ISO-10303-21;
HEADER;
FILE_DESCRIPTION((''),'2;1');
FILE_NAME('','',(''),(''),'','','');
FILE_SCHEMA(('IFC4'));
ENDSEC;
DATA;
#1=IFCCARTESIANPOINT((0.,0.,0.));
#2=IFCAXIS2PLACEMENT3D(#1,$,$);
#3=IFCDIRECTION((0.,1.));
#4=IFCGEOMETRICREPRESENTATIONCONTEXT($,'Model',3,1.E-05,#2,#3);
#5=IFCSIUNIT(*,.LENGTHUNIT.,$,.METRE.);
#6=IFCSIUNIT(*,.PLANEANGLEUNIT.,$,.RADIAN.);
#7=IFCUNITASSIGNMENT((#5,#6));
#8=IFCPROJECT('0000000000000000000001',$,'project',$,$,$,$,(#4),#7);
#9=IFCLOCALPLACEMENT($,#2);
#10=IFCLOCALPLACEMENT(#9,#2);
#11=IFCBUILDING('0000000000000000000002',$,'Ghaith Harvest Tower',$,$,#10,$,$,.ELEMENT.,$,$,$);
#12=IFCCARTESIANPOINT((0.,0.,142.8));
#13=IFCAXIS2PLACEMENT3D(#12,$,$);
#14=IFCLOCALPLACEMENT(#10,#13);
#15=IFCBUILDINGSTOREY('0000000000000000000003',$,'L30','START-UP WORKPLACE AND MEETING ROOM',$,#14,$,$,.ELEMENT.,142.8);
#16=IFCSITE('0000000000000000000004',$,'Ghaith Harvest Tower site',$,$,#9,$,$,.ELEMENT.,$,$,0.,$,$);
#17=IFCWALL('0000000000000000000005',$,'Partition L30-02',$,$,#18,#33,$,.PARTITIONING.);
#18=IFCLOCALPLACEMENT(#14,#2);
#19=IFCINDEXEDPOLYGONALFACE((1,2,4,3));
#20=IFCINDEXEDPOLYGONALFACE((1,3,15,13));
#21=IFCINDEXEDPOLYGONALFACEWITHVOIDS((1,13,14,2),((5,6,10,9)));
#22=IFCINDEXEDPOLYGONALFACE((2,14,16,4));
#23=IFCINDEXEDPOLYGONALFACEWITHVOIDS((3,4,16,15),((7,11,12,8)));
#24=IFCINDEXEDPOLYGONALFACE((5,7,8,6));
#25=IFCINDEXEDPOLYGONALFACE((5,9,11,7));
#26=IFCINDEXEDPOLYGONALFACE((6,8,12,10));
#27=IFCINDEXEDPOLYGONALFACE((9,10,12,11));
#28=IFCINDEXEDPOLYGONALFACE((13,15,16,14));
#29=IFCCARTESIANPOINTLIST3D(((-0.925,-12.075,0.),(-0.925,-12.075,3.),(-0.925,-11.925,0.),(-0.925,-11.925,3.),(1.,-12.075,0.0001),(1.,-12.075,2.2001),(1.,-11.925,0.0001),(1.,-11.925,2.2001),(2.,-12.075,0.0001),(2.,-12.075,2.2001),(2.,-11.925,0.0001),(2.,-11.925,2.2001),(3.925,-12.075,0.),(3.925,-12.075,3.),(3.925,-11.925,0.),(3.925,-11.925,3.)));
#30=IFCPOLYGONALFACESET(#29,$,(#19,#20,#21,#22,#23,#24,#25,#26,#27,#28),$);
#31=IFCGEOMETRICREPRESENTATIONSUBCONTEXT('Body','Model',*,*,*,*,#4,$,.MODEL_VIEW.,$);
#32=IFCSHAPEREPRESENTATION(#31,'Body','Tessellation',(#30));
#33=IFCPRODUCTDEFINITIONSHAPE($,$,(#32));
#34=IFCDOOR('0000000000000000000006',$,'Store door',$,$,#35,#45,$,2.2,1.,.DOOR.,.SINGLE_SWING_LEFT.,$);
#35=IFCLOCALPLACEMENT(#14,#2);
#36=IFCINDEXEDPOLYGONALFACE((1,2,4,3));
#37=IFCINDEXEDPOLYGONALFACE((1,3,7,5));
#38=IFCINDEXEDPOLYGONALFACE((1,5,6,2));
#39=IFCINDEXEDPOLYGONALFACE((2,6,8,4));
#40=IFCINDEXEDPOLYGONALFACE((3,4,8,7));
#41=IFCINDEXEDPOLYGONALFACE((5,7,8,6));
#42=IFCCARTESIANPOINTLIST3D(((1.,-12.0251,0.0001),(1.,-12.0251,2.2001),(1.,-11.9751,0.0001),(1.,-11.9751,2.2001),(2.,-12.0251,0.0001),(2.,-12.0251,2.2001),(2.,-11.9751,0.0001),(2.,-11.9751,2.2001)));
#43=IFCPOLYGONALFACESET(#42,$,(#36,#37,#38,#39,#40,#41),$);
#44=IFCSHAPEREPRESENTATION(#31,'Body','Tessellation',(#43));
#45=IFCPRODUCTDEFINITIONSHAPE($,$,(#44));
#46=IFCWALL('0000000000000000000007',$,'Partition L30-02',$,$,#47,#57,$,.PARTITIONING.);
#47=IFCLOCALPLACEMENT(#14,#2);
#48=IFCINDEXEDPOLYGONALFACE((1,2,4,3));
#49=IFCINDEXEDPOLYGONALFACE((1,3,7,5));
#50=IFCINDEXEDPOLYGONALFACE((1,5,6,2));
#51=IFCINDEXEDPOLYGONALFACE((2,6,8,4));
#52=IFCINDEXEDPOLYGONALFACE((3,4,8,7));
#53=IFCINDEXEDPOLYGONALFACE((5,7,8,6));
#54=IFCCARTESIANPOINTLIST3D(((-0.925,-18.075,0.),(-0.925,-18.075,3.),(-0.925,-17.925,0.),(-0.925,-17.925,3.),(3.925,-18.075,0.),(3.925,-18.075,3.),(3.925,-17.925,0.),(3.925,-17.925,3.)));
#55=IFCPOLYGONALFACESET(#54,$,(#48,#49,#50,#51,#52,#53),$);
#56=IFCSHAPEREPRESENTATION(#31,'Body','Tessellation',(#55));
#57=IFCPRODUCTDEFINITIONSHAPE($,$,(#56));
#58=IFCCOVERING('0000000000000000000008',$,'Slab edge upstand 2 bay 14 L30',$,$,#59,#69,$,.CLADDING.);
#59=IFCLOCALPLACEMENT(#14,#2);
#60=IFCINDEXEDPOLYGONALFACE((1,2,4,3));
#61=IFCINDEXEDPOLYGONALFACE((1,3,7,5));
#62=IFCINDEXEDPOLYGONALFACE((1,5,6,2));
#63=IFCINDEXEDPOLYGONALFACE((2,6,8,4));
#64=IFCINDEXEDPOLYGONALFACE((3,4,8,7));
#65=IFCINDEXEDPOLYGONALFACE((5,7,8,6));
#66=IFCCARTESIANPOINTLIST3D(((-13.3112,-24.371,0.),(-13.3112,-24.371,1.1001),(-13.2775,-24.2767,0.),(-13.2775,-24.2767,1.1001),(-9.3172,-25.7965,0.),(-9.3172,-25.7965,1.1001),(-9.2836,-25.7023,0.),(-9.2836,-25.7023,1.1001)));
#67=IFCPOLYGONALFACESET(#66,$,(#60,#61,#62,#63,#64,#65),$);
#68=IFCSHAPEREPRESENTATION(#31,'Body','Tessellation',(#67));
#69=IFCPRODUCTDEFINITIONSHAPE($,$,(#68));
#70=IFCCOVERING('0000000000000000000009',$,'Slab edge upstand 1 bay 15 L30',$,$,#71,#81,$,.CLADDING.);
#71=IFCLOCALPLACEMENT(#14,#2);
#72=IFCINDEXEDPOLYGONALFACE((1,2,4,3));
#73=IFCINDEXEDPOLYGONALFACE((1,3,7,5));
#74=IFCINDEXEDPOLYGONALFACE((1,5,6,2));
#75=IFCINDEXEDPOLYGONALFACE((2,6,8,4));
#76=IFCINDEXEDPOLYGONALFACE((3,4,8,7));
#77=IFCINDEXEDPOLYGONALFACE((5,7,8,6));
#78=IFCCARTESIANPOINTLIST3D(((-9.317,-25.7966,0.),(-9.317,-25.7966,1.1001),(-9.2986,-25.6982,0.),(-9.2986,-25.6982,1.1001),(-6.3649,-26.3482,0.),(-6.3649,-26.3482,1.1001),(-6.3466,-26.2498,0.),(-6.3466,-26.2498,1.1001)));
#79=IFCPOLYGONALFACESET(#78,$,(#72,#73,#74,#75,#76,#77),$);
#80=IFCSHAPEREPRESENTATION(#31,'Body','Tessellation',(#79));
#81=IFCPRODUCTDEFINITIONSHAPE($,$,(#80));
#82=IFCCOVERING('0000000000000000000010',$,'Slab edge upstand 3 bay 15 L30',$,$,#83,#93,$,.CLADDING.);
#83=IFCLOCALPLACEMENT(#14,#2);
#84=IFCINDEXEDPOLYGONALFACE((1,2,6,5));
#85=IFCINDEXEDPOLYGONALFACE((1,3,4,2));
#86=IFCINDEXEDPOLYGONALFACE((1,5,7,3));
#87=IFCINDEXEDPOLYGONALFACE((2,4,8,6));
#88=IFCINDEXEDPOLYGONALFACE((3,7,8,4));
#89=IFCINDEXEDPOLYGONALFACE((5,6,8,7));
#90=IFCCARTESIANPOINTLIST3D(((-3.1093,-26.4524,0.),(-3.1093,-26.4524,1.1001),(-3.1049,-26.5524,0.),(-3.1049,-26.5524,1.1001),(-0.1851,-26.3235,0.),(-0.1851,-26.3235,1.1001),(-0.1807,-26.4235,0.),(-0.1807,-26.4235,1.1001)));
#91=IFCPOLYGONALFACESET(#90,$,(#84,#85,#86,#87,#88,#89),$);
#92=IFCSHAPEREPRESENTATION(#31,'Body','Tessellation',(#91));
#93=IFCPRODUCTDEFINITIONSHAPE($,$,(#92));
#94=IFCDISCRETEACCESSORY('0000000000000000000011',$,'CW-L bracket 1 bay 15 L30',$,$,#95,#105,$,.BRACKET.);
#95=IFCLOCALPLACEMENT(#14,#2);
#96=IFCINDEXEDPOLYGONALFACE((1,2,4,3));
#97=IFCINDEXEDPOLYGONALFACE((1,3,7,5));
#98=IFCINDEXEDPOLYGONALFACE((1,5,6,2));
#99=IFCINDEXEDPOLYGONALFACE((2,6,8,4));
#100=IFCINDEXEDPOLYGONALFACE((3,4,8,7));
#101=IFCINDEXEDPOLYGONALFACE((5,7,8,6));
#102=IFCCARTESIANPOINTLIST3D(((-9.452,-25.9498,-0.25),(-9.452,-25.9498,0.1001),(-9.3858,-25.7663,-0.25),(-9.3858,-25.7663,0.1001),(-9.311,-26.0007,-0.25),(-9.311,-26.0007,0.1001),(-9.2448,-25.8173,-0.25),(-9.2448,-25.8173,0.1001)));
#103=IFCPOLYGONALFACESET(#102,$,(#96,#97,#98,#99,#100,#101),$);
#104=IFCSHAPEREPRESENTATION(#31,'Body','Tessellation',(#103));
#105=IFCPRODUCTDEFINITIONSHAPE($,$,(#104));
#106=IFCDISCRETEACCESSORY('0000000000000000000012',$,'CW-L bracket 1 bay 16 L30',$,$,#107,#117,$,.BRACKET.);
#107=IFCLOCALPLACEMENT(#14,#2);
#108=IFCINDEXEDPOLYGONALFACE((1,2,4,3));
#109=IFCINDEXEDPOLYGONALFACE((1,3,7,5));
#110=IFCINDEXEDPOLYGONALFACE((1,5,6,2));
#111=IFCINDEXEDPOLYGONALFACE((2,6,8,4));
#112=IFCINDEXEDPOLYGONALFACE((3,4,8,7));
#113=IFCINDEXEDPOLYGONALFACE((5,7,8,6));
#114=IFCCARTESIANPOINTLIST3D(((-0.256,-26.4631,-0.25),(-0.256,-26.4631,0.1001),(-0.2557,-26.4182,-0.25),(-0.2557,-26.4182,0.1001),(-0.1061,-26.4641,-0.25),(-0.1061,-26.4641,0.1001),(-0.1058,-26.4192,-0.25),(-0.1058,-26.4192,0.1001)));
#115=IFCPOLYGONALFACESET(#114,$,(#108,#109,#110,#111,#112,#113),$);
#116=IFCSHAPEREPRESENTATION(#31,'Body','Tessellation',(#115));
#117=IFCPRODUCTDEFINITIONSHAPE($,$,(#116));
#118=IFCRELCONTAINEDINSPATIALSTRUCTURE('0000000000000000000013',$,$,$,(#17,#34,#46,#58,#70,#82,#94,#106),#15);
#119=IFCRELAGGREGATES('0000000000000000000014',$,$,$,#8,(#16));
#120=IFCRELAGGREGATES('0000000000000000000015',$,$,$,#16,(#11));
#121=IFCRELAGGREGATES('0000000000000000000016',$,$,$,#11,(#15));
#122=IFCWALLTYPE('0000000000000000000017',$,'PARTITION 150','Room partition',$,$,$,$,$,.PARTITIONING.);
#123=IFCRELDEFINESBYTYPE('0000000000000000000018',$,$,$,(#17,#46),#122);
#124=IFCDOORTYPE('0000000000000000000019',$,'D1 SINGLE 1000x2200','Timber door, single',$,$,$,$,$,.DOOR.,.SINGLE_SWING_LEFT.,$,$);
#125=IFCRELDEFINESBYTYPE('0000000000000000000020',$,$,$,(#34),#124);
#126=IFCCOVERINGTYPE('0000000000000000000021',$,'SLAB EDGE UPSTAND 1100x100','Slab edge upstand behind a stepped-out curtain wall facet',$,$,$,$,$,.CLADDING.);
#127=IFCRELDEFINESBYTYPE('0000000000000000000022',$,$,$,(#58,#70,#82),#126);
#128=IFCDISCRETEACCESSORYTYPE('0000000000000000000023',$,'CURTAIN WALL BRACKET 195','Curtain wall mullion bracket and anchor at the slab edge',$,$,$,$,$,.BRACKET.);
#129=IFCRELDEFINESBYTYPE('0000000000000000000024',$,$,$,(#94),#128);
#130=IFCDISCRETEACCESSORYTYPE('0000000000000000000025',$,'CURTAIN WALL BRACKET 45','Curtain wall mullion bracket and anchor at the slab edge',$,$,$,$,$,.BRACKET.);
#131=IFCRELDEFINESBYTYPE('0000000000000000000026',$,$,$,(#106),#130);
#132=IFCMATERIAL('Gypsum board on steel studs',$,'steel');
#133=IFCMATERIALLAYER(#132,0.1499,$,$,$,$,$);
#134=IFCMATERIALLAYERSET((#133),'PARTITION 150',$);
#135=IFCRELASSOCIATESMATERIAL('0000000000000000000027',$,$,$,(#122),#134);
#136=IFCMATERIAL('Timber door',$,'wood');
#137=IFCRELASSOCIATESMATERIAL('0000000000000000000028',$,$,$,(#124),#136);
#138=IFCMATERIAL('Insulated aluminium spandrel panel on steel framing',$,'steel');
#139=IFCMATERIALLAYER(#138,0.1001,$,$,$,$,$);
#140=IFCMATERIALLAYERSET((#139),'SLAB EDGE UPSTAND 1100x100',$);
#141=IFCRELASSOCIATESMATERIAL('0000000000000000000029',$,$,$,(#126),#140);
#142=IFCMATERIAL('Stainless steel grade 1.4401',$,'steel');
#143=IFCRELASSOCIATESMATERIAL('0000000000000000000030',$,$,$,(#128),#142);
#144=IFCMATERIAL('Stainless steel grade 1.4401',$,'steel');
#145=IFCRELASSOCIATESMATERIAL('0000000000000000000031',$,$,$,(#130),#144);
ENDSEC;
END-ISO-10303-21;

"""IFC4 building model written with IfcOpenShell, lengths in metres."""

from ifc_helpers import new_model, si_unit, direction, frame, frame_2d, origin, origin_2d, place, context, subcontext, project, spatial, rectangle, extrude, material, layer, layer_set, type_object, element, fill, save


model = new_model("IFC4")

# Units and contexts
model_context = context("Model", 3, precision=1e-05, world=origin(), true_north=direction((0.0, 1.0)))
body_context = subcontext(model_context, "Body", "Model", "MODEL_VIEW")
ifc_project = project(units=[si_unit("LENGTHUNIT", "METRE"), si_unit("PLANEANGLEUNIT", "RADIAN")], contexts=[model_context])

# Site, building, storey
site_placement = place(None, origin())
site = spatial("IfcSite", under=ifc_project, at=site_placement, Name="Ghaith Harvest Tower site", CompositionType="ELEMENT", RefElevation=0.0)
building_placement = place(site_placement, origin())
building = spatial("IfcBuilding", under=site, at=building_placement, Name="Ghaith Harvest Tower", CompositionType="ELEMENT")
storey_placement = place(building_placement, frame((0.0, 0.0, 142.8)))
storey = spatial("IfcBuildingStorey", under=building, at=storey_placement, Name="L30", Description="START-UP WORKPLACE AND MEETING ROOM", CompositionType="ELEMENT", Elevation=142.8)

# Shared definitions
ifc_material_1 = material(Name="Gypsum board on steel studs", Category="steel")
ifc_layer_1 = layer(ifc_material_1, 0.1499)
ifc_layer_set_1 = layer_set([ifc_layer_1], Name="PARTITION 150")
wall_type = type_object("IfcWallType", Name="PARTITION 150", Description="Room partition", PredefinedType="PARTITIONING", material=ifc_layer_set_1)

# Wall, opening, door
wall_1_placement = place(storey_placement, frame((-0.925, -12.0, 0.0), z_axis=(0.0, 0.0, 1.0), x_axis=(1.0, 0.0, 0.0)))
wall_1 = element("IfcWall", 1, at=wall_1_placement, inside=storey, type_object=wall_type, Name="Partition L30-02", PredefinedType="PARTITIONING", context=body_context, shape_type="SweptSolid", body=[
    extrude(rectangle(XDim=4.8501, YDim=0.1499, at=frame_2d((2.425, 0.0))), origin(), (0.0, 0.0, 1.0), 3.0),
])
opening_placement = place(wall_1_placement, frame((1.925, 0.0, 0.0)))
opening = element("IfcOpeningElement", 2, at=opening_placement, cuts=wall_1, PredefinedType="OPENING", context=body_context, shape_type="SweptSolid", body=[
    extrude(rectangle(XDim=1.0, YDim=2.2, at=frame_2d((0.5, 1.1001))), frame((0.0, 0.085, 0.0), z_axis=(0.0, -1.0, 0.0), x_axis=(1.0, 0.0, 0.0)), (0.0, 0.0, 1.0), 0.1699),
])
ifc_material_2 = material(Name="Timber door", Category="wood")
door_type = type_object("IfcDoorType", Name="D1 SINGLE 1000x2200", Description="Timber door, single", OperationType="SINGLE_SWING_LEFT", PredefinedType="DOOR", material=ifc_material_2)
door_placement = place(opening_placement, origin())
door = element("IfcDoor", 3, at=door_placement, inside=storey, type_object=door_type, Name="Store door", OperationType="SINGLE_SWING_LEFT", OverallHeight=2.2, OverallWidth=1.0, PredefinedType="DOOR", context=body_context, shape_type="SweptSolid", body=[
    extrude(rectangle(XDim=1.0, YDim=2.2, at=frame_2d((0.5, 1.1001))), frame((0.0, 0.0249, 0.0), z_axis=(0.0, -1.0, 0.0), x_axis=(1.0, 0.0, 0.0)), (0.0, 0.0, 1.0), 0.05),
])
fill(opening, door)

# Wall
wall_2_placement = place(storey_placement, frame((-0.925, -18.0, 0.0), z_axis=(0.0, 0.0, 1.0), x_axis=(1.0, 0.0, 0.0)))
element("IfcWall", 4, at=wall_2_placement, inside=storey, type_object=wall_type, Name="Partition L30-02", PredefinedType="PARTITIONING", context=body_context, shape_type="SweptSolid", body=[
    extrude(rectangle(XDim=4.8501, YDim=0.1499, at=frame_2d((2.425, 0.0))), origin(), (0.0, 0.0, 1.0), 3.0),
])

# Coverings
ifc_material_3 = material(Name="Insulated aluminium spandrel panel on steel framing", Category="steel")
ifc_layer_2 = layer(ifc_material_3, 0.1001)
ifc_layer_set_2 = layer_set([ifc_layer_2], Name="SLAB EDGE UPSTAND 1100x100")
covering_type = type_object("IfcCoveringType", Name="SLAB EDGE UPSTAND 1100x100", Description="Slab edge upstand behind a stepped-out curtain wall facet", PredefinedType="CLADDING", material=ifc_layer_set_2)
covering_1_placement = place(storey_placement, frame((-11.2974, -25.0366, 0.0), z_axis=(0.0, 0.0, 1.0), x_axis=(0.941807, -0.336154, 0.0)))
element("IfcCovering", 5, at=covering_1_placement, inside=storey, type_object=covering_type, Name="Slab edge upstand 2 bay 14 L30", PredefinedType="CLADDING", context=body_context, shape_type="SweptSolid", body=[
    extrude(rectangle(XDim=4.2407, YDim=0.1001, at=origin_2d()), origin(), (0.0, 0.0, 1.0), 1.1001),
])
covering_2_placement = place(storey_placement, frame((-7.8318, -26.0232, 0.0), z_axis=(0.0, 0.0, 1.0), x_axis=(0.98299, -0.183659, 0.0)))
element("IfcCovering", 6, at=covering_2_placement, inside=storey, type_object=covering_type, Name="Slab edge upstand 1 bay 15 L30", PredefinedType="CLADDING", context=body_context, shape_type="SweptSolid", body=[
    extrude(rectangle(XDim=3.0032, YDim=0.1001, at=origin_2d()), origin(), (0.0, 0.0, 1.0), 1.1001),
])
covering_3_placement = place(storey_placement, frame((-1.645, -26.438, 0.0), z_axis=(0.0, 0.0, 1.0), x_axis=(0.99903, 0.044045, 0.0)))
element("IfcCovering", 7, at=covering_3_placement, inside=storey, type_object=covering_type, Name="Slab edge upstand 3 bay 15 L30", PredefinedType="CLADDING", context=body_context, shape_type="SweptSolid", body=[
    extrude(rectangle(XDim=2.927, YDim=0.1001, at=origin_2d()), origin(), (0.0, 0.0, 1.0), 1.1001),
])

# Discrete accessories
ifc_material_4 = material(Name="Stainless steel grade 1.4401", Category="steel")
discrete_accessory_type_1 = type_object("IfcDiscreteAccessoryType", Name="CURTAIN WALL BRACKET 195", Description="Curtain wall mullion bracket and anchor at the slab edge", PredefinedType="BRACKET", material=ifc_material_4)
discrete_accessory_1_placement = place(storey_placement, frame((-9.3484, -25.8835, -0.25), z_axis=(0.0, 0.0, 1.0), x_axis=(-0.339699, -0.940534, 0.0)))
element("IfcDiscreteAccessory", 8, at=discrete_accessory_1_placement, inside=storey, type_object=discrete_accessory_type_1, Name="CW-L bracket 1 bay 15 L30", PredefinedType="BRACKET", context=body_context, shape_type="SweptSolid", body=[
    extrude(rectangle(XDim=0.1951, YDim=0.1499, at=origin_2d()), origin(), (0.0, 0.0, 1.0), 0.3501),
])
ifc_material_5 = material(Name="Stainless steel grade 1.4401", Category="steel")
discrete_accessory_type_2 = type_object("IfcDiscreteAccessoryType", Name="CURTAIN WALL BRACKET 45", Description="Curtain wall mullion bracket and anchor at the slab edge", PredefinedType="BRACKET", material=ifc_material_5)
discrete_accessory_2_placement = place(storey_placement, frame((-0.1809, -26.4412, -0.25), z_axis=(0.0, 0.0, 1.0), x_axis=(-0.006844, -0.999977, 0.0)))
element("IfcDiscreteAccessory", 9, at=discrete_accessory_2_placement, inside=storey, type_object=discrete_accessory_type_2, Name="CW-L bracket 1 bay 16 L30", PredefinedType="BRACKET", context=body_context, shape_type="SweptSolid", body=[
    extrude(rectangle(XDim=0.0449, YDim=0.1499, at=origin_2d()), origin(), (0.0, 0.0, 1.0), 0.3501),
])

save(model, "model.ifc")
